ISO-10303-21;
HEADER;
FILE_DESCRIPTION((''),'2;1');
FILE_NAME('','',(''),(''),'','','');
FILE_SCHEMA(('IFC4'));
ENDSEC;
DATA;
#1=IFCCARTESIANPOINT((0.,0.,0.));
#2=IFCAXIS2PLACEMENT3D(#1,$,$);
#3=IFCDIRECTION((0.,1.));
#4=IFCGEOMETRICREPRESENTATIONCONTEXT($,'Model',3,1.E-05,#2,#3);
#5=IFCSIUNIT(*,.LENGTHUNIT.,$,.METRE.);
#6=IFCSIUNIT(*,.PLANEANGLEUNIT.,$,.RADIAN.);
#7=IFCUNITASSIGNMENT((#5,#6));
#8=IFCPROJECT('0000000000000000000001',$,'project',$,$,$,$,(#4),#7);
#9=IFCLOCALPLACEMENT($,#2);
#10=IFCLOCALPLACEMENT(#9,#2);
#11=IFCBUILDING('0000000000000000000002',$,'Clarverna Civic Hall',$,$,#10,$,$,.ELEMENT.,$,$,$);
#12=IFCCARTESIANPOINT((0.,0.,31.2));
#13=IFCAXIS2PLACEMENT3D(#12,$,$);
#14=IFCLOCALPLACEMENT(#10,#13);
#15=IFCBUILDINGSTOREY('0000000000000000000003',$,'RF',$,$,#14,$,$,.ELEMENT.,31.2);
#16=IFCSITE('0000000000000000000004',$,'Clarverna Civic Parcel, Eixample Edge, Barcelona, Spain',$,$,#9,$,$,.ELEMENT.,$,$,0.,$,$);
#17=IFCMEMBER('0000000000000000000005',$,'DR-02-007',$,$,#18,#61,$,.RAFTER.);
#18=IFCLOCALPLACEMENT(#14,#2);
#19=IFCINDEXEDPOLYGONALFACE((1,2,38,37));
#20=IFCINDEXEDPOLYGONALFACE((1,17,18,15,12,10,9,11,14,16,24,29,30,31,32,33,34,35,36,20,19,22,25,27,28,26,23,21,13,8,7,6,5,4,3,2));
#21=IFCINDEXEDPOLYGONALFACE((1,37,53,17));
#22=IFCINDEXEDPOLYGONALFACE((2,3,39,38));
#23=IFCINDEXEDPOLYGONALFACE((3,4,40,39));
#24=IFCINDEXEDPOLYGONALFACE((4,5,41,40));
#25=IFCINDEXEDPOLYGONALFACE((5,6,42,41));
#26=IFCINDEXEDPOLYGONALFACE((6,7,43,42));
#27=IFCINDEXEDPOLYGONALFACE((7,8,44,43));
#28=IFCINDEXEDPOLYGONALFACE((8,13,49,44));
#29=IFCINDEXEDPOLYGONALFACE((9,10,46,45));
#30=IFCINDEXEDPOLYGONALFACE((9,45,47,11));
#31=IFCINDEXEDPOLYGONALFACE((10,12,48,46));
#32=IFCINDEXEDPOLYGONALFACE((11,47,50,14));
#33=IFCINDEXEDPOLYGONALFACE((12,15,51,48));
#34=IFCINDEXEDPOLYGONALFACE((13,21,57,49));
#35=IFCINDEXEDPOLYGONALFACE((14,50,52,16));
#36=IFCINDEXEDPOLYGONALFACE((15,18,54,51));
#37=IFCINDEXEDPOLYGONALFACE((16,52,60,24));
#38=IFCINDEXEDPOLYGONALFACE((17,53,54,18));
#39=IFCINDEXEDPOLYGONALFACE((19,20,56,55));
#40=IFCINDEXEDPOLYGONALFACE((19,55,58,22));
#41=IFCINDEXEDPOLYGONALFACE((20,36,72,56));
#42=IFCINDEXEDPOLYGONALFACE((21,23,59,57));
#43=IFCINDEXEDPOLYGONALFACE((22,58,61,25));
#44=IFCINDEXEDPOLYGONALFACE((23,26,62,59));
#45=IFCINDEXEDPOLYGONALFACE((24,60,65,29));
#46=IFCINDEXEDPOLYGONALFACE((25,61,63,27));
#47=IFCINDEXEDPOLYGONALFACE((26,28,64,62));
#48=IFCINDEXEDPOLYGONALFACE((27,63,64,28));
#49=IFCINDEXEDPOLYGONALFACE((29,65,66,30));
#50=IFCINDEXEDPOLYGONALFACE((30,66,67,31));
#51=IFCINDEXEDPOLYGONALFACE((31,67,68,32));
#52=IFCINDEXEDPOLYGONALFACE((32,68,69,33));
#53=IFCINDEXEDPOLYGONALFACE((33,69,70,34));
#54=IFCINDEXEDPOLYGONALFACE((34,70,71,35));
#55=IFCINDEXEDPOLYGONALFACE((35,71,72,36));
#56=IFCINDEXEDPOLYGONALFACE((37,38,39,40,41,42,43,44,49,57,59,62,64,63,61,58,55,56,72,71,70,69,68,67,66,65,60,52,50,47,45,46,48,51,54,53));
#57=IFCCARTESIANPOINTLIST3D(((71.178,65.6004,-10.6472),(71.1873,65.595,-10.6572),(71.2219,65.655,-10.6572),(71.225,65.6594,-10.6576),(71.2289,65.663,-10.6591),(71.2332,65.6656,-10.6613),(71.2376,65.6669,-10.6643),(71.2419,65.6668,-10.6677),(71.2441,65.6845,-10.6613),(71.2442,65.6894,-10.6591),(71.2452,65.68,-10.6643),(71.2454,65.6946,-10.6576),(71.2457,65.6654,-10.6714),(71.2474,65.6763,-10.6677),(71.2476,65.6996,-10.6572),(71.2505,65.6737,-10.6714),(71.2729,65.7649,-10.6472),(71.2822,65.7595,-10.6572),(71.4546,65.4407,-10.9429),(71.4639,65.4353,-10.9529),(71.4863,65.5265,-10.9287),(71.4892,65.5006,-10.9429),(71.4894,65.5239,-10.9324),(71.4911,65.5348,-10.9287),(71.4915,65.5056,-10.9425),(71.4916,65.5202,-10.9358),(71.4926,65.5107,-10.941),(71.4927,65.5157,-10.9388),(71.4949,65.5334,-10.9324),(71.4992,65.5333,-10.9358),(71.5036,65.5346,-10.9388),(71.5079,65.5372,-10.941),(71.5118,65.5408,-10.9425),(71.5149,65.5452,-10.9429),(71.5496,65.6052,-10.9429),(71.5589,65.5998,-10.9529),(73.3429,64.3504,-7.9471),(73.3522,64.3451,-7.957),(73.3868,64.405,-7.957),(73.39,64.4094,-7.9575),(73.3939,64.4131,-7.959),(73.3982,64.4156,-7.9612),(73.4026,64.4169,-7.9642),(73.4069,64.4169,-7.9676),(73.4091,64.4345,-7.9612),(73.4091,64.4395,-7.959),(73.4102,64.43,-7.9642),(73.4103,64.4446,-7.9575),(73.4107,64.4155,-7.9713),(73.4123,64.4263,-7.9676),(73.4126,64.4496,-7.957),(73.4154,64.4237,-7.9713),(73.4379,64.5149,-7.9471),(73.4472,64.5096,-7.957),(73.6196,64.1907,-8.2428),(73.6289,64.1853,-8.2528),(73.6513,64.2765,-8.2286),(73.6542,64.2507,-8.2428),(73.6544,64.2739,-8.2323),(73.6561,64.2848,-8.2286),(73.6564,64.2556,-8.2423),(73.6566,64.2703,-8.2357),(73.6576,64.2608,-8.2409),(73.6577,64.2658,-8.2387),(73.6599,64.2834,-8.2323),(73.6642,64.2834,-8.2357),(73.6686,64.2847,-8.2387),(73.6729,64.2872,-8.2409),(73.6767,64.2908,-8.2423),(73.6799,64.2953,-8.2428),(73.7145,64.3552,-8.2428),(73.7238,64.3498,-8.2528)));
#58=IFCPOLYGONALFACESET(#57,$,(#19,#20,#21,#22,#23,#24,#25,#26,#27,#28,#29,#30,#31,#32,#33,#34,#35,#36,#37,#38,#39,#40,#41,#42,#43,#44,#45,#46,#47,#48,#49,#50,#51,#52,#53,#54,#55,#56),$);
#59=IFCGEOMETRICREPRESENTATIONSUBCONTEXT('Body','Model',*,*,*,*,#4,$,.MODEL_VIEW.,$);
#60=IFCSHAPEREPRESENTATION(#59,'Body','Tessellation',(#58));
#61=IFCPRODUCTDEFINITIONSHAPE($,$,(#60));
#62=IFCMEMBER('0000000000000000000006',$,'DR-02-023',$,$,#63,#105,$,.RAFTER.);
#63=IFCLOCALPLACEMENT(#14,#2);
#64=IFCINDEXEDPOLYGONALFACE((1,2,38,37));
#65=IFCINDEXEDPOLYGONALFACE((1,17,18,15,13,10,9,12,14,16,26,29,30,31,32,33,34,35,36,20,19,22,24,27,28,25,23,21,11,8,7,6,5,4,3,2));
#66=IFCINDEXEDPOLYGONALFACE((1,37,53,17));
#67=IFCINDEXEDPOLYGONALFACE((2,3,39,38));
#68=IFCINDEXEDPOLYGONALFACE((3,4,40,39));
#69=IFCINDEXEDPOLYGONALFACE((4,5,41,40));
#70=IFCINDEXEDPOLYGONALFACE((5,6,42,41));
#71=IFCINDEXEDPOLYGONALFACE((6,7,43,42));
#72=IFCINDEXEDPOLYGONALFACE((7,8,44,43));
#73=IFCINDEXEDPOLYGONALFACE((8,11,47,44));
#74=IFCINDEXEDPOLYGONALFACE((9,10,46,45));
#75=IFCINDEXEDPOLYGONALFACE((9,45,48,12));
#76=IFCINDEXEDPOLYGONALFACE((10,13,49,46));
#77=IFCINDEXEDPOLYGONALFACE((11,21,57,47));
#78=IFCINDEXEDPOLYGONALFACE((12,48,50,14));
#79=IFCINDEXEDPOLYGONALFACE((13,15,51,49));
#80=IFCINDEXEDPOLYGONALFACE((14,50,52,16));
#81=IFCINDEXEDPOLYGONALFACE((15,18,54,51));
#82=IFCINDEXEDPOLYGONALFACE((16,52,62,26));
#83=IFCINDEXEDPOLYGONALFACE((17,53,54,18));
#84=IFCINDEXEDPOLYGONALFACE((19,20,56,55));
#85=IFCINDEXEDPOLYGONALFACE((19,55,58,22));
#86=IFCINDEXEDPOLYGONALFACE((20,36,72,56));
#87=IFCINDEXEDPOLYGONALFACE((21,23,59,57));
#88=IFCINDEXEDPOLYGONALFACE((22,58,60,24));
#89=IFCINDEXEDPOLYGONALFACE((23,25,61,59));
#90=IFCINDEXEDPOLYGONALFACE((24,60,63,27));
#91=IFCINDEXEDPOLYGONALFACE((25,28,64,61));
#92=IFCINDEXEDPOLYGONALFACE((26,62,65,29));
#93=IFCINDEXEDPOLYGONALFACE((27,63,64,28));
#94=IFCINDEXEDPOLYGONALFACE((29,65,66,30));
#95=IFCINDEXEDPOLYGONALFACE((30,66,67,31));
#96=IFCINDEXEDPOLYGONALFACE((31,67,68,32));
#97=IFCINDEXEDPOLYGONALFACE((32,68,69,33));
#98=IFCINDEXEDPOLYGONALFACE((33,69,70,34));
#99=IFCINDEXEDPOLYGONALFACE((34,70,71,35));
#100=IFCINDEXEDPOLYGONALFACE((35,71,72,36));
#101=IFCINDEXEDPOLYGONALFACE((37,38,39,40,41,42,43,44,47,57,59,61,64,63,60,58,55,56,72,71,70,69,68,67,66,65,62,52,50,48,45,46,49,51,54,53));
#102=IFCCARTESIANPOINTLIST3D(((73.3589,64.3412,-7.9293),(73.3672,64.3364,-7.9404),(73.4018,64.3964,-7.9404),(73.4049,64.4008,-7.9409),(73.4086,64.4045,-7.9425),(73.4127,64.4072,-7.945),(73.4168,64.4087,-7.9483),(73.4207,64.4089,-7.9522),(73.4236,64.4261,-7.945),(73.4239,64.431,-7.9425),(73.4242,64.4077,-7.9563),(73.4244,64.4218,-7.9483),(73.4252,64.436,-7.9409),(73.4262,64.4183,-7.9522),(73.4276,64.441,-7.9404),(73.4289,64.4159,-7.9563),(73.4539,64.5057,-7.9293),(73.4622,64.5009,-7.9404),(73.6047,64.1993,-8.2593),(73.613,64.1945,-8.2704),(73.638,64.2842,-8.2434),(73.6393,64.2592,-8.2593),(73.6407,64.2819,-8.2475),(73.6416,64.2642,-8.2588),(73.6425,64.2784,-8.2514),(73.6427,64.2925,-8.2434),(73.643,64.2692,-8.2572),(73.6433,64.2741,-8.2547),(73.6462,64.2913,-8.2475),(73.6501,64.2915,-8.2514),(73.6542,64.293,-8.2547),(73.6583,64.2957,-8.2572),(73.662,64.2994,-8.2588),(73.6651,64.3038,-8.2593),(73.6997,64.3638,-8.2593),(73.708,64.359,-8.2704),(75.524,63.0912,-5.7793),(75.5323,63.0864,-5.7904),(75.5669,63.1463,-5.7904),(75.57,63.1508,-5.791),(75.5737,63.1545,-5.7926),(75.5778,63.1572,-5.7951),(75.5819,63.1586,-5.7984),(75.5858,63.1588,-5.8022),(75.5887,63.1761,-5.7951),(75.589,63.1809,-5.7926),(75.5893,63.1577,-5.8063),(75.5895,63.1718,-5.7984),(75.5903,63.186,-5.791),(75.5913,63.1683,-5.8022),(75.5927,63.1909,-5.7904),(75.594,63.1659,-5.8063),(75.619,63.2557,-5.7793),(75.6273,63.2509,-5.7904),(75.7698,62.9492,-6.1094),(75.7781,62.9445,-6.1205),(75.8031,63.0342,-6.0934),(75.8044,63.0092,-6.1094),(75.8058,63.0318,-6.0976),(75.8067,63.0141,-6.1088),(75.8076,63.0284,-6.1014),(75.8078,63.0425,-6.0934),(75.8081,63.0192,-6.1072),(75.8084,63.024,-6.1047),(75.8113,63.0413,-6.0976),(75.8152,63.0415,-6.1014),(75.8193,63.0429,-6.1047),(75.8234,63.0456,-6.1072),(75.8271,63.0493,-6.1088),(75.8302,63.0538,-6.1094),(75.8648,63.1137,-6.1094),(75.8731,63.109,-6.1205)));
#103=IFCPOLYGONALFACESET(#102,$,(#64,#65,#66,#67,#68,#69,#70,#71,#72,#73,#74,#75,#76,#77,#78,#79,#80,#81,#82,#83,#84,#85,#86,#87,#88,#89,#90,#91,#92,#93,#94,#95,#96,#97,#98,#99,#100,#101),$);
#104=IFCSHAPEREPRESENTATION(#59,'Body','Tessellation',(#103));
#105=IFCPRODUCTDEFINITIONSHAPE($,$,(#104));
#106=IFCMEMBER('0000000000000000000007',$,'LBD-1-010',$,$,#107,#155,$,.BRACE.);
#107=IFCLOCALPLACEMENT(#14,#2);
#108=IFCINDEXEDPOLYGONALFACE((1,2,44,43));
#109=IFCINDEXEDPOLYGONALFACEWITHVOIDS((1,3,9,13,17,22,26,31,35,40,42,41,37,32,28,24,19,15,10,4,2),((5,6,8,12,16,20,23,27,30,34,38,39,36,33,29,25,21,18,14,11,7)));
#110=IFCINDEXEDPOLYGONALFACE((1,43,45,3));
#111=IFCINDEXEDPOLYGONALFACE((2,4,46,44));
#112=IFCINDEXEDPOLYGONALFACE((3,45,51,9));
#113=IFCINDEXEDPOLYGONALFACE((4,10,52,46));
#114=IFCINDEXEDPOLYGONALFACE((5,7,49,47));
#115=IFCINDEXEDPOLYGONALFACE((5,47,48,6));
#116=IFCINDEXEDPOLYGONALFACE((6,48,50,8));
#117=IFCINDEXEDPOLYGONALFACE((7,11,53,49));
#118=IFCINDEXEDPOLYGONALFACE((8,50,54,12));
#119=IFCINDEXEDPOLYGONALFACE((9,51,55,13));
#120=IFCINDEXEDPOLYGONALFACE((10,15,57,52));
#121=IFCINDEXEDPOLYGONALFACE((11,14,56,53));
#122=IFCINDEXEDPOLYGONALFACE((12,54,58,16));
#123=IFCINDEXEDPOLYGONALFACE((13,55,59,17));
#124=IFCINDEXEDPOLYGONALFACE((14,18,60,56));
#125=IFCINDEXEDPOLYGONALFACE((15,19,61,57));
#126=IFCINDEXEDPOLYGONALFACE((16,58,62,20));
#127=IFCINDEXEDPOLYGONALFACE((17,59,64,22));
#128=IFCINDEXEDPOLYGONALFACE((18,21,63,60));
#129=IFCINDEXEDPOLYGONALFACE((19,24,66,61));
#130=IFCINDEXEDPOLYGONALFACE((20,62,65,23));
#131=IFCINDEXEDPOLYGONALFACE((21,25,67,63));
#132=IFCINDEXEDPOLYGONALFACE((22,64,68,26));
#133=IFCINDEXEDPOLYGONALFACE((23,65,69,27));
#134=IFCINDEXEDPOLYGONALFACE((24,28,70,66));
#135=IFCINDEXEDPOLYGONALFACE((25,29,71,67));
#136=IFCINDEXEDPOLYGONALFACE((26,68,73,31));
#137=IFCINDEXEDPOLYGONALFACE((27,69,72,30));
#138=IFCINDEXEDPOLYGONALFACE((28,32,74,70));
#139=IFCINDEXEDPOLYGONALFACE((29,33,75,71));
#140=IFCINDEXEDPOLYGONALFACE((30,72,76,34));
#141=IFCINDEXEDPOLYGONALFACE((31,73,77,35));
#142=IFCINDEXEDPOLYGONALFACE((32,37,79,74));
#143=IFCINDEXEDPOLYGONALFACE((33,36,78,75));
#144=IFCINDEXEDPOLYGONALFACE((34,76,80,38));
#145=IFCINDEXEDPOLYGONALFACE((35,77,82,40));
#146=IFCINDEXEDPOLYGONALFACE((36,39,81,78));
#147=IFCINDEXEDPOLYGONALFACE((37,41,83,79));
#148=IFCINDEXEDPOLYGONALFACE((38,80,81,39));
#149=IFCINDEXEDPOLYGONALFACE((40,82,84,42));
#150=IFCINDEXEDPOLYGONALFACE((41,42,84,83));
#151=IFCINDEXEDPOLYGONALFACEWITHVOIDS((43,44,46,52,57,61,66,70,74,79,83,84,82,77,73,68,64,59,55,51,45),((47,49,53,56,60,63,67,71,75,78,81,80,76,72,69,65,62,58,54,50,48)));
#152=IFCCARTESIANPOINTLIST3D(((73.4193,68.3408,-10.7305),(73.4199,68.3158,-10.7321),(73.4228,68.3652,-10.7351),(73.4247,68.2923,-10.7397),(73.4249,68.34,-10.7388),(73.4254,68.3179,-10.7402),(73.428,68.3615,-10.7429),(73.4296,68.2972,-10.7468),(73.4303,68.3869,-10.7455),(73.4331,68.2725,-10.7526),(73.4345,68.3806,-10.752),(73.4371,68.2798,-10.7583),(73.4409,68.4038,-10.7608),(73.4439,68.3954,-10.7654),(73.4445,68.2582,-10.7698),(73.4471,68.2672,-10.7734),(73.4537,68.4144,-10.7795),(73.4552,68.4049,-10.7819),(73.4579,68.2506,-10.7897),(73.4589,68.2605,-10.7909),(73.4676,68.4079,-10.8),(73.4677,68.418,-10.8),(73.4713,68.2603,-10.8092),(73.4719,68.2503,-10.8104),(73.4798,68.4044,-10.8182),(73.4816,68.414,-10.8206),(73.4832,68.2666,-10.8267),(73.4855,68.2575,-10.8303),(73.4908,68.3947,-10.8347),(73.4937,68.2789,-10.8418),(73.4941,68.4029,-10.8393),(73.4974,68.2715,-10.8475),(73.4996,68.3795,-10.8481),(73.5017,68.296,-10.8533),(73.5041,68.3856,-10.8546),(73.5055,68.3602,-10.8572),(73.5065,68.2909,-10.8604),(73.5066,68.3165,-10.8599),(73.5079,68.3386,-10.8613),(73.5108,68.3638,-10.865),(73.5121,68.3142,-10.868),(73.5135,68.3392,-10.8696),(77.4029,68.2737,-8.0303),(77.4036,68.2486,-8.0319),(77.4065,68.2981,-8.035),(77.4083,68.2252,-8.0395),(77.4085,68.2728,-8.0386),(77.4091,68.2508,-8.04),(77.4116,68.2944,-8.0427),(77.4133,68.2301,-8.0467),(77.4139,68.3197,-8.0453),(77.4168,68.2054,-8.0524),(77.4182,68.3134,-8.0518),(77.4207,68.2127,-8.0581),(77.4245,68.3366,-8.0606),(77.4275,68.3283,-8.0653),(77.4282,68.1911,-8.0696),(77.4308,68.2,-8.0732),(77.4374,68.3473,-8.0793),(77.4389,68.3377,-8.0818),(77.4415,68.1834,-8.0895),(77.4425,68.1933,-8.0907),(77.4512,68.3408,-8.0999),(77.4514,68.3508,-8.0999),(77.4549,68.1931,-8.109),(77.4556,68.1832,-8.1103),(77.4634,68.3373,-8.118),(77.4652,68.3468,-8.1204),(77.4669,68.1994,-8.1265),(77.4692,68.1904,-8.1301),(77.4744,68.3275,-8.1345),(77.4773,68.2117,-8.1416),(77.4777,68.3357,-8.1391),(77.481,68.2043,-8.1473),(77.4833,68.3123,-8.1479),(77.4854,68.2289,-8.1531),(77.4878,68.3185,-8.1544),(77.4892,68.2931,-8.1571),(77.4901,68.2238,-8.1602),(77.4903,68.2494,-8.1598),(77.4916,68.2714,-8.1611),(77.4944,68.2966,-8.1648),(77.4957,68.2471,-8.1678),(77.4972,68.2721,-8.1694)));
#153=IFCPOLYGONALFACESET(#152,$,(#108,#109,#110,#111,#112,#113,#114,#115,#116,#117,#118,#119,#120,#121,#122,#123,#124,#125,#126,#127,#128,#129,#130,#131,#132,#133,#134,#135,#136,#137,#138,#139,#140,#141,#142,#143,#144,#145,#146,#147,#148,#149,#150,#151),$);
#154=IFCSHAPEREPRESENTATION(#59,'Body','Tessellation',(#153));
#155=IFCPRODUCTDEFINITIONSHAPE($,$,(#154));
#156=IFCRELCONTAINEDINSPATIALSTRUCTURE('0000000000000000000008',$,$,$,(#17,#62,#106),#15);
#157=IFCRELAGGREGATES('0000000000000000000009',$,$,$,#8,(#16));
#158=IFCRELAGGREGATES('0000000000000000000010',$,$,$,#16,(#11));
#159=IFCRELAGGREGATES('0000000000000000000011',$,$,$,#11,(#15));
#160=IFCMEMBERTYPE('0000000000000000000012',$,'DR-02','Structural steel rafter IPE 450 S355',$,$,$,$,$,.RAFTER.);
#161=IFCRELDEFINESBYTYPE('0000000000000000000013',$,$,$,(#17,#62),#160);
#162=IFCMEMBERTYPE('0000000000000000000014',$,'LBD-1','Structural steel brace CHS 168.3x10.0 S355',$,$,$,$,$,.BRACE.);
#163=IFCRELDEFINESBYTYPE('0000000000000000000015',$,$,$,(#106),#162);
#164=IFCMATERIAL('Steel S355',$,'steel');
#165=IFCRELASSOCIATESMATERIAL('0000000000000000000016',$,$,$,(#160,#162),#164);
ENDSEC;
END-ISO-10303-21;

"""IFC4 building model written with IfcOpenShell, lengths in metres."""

from ifc_helpers import new_model, si_unit, direction, frame, origin, origin_2d, place, context, subcontext, project, spatial, hollow_circle, i_section, extrude, material, material_profile, profile_set, type_object, element, save


model = new_model("IFC4")

# Units and contexts
model_context = context("Model", 3, precision=1e-05, world=origin(), true_north=direction((0.0, 1.0)))
body_context = subcontext(model_context, "Body", "Model", "MODEL_VIEW")
ifc_project = project(units=[si_unit("LENGTHUNIT", "METRE"), si_unit("PLANEANGLEUNIT", "RADIAN")], contexts=[model_context])

# Site, building, storey
site_placement = place(None, origin())
site = spatial("IfcSite", under=ifc_project, at=site_placement, Name="Clarverna Civic Parcel, Eixample Edge, Barcelona, Spain", CompositionType="ELEMENT", RefElevation=0.0)
building_placement = place(site_placement, origin())
building = spatial("IfcBuilding", under=site, at=building_placement, Name="Clarverna Civic Hall", CompositionType="ELEMENT")
storey_placement = place(building_placement, frame((0.0, 0.0, 31.2)))
storey = spatial("IfcBuildingStorey", under=building, at=storey_placement, Name="RF", CompositionType="ELEMENT", Elevation=31.2)

# Members
ifc_material_1 = material(Name="Steel S355", Category="steel")
ifc_material_profile_1 = material_profile(ifc_material_1, i_section(OverallWidth=0.1899, OverallDepth=0.45, WebThickness=0.0095, FlangeThickness=0.0146, FilletRadius=0.021, at=origin_2d()), Name="IPE 450")
ifc_profile_set_1 = profile_set([ifc_material_profile_1], Name="Steel S355")
member_type_1 = type_object("IfcMemberType", Name="DR-02", Description="Structural steel rafter IPE 450 S355", PredefinedType="RAFTER", material=ifc_profile_set_1)
member_1_placement = place(storey_placement, frame((71.3684, 65.6001, -10.8), z_axis=(0.588357, -0.339692, 0.733788), x_axis=(0.500004, 0.866023, 0.0)))
element("IfcMember", 1, at=member_1_placement, inside=storey, type_object=member_type_1, Name="DR-02-007", PredefinedType="RAFTER", context=body_context, shape_type="SweptSolid", body=[
    extrude(i_section(OverallWidth=0.1899, OverallDepth=0.45, WebThickness=0.0095, FlangeThickness=0.0146, FilletRadius=0.021, at=origin_2d()), origin(), (0.0, 0.0, 1.0), 3.6797),
])
member_2_placement = place(storey_placement, frame((73.5334, 64.3501, -8.0999), z_axis=(0.656616, -0.379102, 0.652025), x_axis=(0.500004, 0.866023, 0.0)))
element("IfcMember", 2, at=member_2_placement, inside=storey, type_object=member_type_1, Name="DR-02-023", PredefinedType="RAFTER", context=body_context, shape_type="SweptSolid", body=[
    extrude(i_section(OverallWidth=0.1899, OverallDepth=0.45, WebThickness=0.0095, FlangeThickness=0.0146, FilletRadius=0.021, at=origin_2d()), origin(), (0.0, 0.0, 1.0), 3.2974),
])
ifc_material_profile_2 = material_profile(ifc_material_1, hollow_circle(Radius=0.0842, WallThickness=0.01, at=origin_2d()), Name="CHS 168.3x10.0")
ifc_profile_set_2 = profile_set([ifc_material_profile_2], Name="Steel S355")
member_type_2 = type_object("IfcMemberType", Name="LBD-1", Description="Structural steel brace CHS 168.3x10.0 S355", PredefinedType="BRACE", material=ifc_profile_set_2)
member_3_placement = place(storey_placement, frame((73.4663, 68.3337, -10.8), z_axis=(0.827684, -0.013949, 0.561021), x_axis=(0.016851, 0.999858, 0.0)))
element("IfcMember", 3, at=member_3_placement, inside=storey, type_object=member_type_2, Name="LBD-1-010", PredefinedType="BRACE", context=body_context, shape_type="SweptSolid", body=[
    extrude(hollow_circle(Radius=0.0842, WallThickness=0.01, at=origin_2d()), origin(), (0.0, 0.0, 1.0), 4.813),
])

save(model, "model.ifc")
